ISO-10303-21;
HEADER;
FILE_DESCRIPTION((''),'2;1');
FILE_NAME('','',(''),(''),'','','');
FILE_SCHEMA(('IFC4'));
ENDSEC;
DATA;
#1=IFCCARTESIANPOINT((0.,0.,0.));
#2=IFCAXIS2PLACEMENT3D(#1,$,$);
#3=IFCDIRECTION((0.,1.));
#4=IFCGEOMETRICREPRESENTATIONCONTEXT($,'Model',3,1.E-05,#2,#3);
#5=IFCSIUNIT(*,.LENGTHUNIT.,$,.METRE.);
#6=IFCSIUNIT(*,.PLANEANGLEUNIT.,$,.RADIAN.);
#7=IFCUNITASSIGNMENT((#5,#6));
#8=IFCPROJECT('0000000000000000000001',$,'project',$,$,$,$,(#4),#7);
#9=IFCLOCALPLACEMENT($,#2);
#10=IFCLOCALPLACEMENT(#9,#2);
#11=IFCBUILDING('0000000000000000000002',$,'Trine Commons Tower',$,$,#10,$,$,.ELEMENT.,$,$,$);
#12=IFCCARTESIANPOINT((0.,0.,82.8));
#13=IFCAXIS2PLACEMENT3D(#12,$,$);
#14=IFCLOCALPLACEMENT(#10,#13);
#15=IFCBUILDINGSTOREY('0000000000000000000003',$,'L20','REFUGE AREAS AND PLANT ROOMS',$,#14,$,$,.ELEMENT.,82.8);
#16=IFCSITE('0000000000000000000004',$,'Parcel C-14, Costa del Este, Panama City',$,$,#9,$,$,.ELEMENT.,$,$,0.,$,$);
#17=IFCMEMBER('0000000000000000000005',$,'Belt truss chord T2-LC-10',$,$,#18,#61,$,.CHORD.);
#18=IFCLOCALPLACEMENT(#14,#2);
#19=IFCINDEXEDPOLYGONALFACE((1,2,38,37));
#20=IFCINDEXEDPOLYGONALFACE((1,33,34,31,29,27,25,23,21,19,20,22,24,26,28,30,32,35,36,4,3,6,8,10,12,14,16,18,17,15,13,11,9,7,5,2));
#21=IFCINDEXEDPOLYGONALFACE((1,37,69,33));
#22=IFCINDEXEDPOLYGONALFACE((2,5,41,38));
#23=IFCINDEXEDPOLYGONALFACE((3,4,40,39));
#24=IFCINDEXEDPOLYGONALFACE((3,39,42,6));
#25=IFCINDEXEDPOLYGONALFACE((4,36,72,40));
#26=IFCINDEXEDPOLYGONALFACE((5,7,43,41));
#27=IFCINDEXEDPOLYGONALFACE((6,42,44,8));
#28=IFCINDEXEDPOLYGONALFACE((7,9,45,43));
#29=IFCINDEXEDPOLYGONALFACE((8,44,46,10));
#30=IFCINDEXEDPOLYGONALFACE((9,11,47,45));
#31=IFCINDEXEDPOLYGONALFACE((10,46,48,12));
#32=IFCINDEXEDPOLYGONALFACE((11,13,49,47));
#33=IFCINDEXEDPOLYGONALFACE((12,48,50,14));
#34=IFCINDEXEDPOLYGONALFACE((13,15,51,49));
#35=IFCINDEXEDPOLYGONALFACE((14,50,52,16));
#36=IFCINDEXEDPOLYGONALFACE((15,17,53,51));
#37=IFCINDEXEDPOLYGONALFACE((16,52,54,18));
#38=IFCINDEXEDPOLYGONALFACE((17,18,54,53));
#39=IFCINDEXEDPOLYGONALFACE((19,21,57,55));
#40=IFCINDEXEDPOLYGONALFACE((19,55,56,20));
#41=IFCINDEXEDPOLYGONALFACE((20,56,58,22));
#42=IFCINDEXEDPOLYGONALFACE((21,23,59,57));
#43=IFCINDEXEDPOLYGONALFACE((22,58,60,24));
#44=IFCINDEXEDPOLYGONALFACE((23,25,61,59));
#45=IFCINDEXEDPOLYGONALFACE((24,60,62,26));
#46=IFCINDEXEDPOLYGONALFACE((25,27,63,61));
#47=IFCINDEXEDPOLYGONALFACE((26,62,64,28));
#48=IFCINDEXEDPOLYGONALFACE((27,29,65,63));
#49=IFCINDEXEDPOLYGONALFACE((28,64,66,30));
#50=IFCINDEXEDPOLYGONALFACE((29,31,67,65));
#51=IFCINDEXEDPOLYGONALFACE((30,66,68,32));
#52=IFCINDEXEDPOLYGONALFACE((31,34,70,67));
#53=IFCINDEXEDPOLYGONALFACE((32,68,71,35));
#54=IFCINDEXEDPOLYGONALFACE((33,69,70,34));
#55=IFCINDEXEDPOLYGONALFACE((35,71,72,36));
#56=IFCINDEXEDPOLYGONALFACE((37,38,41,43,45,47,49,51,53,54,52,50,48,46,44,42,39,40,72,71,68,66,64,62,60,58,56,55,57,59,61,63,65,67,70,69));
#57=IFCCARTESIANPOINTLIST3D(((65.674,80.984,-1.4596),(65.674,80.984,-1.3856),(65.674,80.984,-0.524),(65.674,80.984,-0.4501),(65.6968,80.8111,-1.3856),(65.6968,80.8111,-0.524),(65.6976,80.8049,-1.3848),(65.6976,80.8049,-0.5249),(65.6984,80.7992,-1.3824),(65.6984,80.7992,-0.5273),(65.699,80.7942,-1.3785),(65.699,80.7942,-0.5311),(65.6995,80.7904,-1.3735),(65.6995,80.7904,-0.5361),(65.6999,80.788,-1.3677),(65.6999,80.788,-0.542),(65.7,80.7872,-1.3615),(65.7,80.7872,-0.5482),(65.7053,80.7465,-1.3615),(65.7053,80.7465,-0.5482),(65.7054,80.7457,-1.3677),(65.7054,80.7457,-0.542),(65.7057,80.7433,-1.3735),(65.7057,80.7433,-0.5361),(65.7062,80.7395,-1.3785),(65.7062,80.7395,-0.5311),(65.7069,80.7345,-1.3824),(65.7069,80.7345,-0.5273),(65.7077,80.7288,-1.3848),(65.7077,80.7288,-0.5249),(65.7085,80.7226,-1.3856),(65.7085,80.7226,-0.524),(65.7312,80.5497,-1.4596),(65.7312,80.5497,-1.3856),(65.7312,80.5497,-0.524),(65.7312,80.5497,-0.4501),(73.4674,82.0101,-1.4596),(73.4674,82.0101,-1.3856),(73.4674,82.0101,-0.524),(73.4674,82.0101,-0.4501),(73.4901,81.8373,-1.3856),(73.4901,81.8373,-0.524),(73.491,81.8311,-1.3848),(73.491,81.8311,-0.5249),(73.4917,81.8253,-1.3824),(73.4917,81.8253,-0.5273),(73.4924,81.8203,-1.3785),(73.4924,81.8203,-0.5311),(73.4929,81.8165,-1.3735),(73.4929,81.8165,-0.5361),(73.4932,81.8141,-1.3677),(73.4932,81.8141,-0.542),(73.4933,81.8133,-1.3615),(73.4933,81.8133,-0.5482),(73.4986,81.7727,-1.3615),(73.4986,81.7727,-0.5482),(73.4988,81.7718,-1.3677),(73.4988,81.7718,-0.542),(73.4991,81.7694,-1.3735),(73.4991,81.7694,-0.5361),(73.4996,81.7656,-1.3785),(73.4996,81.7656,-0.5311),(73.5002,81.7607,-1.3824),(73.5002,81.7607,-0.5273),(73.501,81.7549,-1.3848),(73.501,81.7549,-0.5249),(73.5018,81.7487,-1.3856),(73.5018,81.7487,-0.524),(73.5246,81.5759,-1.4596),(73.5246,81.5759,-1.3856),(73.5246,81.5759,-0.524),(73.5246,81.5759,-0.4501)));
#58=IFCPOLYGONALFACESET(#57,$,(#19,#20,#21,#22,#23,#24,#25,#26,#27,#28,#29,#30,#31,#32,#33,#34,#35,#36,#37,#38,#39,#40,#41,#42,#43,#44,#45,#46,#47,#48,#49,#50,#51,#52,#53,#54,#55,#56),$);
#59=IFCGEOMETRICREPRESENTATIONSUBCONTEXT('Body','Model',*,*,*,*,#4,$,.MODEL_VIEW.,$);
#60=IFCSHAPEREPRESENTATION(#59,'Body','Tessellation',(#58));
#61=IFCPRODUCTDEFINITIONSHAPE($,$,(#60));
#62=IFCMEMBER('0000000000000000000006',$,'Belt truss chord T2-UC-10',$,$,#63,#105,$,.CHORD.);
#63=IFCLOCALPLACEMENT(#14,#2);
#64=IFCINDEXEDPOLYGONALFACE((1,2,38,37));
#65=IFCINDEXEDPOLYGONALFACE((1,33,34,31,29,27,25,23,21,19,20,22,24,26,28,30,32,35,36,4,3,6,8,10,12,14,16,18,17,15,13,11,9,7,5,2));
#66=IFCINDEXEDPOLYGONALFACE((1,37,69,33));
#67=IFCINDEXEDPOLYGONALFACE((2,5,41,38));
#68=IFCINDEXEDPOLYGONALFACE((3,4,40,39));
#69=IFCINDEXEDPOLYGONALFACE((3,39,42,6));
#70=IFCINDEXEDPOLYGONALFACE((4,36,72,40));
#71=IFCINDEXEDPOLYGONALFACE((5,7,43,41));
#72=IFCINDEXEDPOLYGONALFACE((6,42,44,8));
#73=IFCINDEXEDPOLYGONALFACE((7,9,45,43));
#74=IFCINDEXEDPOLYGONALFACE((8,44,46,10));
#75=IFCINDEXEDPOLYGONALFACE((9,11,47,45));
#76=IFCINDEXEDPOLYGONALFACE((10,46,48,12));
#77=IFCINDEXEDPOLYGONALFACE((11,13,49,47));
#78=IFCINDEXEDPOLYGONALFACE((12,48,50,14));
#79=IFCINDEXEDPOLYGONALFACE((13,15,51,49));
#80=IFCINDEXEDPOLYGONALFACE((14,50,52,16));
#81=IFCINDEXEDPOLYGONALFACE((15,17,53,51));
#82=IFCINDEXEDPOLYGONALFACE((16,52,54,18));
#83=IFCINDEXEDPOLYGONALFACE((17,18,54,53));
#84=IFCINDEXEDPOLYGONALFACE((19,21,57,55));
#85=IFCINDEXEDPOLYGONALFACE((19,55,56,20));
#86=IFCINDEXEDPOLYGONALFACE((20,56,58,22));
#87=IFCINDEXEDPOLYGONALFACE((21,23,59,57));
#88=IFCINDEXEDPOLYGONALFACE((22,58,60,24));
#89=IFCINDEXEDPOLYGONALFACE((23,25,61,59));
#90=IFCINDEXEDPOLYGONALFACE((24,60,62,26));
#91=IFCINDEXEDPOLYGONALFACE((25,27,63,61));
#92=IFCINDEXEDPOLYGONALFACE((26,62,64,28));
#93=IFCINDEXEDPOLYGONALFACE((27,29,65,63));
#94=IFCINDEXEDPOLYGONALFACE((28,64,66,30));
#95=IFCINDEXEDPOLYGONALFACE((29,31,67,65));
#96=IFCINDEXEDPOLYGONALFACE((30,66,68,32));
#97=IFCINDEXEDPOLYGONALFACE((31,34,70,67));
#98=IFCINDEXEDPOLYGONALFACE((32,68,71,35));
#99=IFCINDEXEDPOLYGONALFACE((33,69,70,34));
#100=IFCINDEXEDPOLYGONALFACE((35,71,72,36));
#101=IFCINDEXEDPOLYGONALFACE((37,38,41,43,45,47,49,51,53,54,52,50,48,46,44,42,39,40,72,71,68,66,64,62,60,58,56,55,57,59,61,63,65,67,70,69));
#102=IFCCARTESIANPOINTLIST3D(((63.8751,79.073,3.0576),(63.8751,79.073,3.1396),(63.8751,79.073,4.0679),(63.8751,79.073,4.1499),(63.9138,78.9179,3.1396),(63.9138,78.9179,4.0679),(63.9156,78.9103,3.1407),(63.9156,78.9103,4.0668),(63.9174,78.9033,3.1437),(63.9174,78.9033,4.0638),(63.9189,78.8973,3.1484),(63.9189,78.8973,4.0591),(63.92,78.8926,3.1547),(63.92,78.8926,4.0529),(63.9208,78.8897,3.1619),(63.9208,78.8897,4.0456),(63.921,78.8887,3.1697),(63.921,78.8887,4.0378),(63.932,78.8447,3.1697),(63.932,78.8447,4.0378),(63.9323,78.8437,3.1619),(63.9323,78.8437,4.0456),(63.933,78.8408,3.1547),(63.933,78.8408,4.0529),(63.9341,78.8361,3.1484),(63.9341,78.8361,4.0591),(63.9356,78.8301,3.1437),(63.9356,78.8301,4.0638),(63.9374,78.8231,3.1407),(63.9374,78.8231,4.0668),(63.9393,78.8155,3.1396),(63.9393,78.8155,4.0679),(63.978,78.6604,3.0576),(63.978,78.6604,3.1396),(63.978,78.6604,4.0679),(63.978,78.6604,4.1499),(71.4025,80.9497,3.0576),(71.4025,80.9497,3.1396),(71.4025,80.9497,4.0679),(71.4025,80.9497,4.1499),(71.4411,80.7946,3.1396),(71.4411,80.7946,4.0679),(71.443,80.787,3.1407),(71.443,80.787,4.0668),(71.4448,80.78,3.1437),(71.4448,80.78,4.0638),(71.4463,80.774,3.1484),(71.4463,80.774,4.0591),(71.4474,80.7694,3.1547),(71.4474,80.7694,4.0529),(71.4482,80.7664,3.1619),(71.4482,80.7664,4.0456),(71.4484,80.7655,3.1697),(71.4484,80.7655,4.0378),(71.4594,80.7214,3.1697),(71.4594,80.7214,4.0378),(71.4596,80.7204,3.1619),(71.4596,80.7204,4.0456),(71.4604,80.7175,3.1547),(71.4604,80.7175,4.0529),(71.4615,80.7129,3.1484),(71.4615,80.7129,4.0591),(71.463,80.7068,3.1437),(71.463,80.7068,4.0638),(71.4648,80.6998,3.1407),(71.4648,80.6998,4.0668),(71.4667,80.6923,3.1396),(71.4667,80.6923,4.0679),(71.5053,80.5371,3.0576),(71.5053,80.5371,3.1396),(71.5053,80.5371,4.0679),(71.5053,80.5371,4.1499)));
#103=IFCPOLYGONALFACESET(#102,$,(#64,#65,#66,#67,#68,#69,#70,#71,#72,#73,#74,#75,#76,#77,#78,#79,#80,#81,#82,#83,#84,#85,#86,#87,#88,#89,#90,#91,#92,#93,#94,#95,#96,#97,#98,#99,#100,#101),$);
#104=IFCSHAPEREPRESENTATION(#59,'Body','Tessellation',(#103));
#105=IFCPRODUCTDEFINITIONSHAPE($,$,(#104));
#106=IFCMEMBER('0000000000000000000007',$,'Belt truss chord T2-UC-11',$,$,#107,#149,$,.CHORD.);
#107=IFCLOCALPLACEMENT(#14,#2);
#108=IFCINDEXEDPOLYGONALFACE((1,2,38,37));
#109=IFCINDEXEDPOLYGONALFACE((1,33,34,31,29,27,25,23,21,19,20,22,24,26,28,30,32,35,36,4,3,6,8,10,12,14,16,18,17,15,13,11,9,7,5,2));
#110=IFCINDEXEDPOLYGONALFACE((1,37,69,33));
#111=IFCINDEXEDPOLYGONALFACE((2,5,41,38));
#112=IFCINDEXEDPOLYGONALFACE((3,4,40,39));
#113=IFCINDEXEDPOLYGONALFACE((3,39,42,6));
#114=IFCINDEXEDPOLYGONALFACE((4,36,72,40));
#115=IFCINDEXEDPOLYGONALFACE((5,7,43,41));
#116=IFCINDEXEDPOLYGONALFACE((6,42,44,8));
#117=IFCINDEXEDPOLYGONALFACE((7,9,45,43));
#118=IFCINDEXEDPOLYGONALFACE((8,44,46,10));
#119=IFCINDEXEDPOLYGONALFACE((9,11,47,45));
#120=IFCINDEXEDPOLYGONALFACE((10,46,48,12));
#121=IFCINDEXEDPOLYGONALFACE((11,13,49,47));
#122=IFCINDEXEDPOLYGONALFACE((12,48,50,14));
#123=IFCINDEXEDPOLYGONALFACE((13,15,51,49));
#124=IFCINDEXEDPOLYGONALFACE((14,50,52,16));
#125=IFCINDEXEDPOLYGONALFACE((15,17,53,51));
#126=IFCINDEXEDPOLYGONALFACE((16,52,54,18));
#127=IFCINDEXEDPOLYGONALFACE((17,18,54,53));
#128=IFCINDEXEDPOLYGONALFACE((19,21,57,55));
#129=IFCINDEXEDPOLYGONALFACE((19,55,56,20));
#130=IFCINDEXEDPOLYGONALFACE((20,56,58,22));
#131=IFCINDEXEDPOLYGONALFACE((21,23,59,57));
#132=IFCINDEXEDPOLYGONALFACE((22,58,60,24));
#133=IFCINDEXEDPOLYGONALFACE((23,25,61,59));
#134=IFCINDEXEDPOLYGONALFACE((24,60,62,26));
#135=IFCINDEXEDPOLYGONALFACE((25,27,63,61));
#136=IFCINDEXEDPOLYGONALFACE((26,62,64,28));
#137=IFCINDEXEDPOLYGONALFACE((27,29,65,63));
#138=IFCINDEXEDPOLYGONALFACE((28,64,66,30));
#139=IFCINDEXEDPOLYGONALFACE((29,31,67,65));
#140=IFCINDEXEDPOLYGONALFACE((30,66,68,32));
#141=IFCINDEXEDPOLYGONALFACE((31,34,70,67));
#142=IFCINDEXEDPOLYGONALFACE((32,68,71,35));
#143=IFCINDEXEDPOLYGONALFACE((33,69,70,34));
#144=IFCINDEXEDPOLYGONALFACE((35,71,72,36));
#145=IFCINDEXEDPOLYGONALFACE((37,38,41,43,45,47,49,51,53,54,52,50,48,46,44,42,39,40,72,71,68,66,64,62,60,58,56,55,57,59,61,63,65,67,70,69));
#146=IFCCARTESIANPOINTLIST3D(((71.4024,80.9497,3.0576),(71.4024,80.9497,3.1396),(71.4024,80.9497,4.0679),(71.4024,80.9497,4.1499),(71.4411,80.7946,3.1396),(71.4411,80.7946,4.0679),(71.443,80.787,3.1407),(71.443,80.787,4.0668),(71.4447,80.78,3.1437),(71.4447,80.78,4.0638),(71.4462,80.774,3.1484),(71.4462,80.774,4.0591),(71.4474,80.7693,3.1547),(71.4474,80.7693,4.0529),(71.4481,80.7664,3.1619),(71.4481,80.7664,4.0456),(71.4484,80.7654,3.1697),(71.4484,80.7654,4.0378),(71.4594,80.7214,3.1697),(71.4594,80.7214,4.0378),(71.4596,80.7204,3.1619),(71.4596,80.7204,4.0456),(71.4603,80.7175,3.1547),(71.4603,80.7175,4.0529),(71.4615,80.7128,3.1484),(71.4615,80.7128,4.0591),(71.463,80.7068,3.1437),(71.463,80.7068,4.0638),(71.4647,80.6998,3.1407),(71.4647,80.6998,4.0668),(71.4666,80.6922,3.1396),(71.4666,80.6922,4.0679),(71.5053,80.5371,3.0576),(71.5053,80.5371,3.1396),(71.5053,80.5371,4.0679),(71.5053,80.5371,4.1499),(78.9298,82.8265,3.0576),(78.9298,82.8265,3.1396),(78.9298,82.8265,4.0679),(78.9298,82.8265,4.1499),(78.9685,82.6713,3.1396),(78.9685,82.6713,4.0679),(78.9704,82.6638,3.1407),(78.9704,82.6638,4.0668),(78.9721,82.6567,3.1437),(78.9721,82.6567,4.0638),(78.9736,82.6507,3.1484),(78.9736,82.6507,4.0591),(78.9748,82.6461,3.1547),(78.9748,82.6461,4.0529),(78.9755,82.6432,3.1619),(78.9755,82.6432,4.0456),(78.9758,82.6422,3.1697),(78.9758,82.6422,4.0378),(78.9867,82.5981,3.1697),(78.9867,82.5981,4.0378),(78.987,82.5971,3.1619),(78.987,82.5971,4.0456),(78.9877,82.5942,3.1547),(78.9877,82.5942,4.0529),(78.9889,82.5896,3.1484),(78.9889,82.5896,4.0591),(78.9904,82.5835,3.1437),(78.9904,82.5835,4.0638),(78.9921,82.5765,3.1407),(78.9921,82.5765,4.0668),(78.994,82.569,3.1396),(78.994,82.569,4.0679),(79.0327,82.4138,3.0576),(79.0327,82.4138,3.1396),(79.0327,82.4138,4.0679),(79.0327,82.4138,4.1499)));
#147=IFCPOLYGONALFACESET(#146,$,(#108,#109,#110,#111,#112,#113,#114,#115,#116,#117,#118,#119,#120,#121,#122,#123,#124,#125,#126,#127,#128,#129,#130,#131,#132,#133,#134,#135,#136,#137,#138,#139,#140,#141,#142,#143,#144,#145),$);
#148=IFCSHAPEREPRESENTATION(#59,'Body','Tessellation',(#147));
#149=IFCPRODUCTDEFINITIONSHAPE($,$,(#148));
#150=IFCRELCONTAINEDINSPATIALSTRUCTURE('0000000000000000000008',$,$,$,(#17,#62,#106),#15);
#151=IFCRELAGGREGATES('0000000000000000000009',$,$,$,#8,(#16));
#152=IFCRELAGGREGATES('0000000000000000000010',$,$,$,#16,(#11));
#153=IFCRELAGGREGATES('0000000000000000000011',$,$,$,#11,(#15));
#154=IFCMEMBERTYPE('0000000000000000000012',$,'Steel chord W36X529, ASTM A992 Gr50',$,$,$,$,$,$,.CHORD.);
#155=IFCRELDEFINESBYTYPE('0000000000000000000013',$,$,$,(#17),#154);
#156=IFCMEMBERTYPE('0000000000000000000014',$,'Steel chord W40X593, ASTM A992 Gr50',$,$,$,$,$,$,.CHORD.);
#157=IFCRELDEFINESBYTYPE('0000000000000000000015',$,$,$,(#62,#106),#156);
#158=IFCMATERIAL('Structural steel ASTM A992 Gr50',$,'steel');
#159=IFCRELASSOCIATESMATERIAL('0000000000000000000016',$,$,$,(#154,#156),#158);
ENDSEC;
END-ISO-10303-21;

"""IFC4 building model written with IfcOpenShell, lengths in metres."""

from ifc_helpers import new_model, si_unit, direction, frame, origin, origin_2d, place, context, subcontext, project, spatial, i_section, extrude, material, material_profile, profile_set, type_object, element, save


model = new_model("IFC4")

# Units and contexts
model_context = context("Model", 3, precision=1e-05, world=origin(), true_north=direction((0.0, 1.0)))
body_context = subcontext(model_context, "Body", "Model", "MODEL_VIEW")
ifc_project = project(units=[si_unit("LENGTHUNIT", "METRE"), si_unit("PLANEANGLEUNIT", "RADIAN")], contexts=[model_context])

# Site, building, storey
site_placement = place(None, origin())
site = spatial("IfcSite", under=ifc_project, at=site_placement, Name="Parcel C-14, Costa del Este, Panama City", CompositionType="ELEMENT", RefElevation=0.0)
building_placement = place(site_placement, origin())
building = spatial("IfcBuilding", under=site, at=building_placement, Name="Trine Commons Tower", CompositionType="ELEMENT")
storey_placement = place(building_placement, frame((0.0, 0.0, 82.8)))
storey = spatial("IfcBuildingStorey", under=building, at=storey_placement, Name="L20", Description="REFUGE AREAS AND PLANT ROOMS", CompositionType="ELEMENT", Elevation=82.8)

# Members
ifc_material_1 = material(Name="Structural steel ASTM A992 Gr50", Category="steel")
ifc_material_profile_1 = material_profile(ifc_material_1, i_section(OverallWidth=0.438, OverallDepth=1.0095, WebThickness=0.041, FlangeThickness=0.074, FilletRadius=0.0242, at=origin_2d()), Name="W36X529")
ifc_profile_set_1 = profile_set([ifc_material_profile_1], Name="Structural steel ASTM A992 Gr50")
member_type_1 = type_object("IfcMemberType", Name="Steel chord W36X529, ASTM A992 Gr50", PredefinedType="CHORD", material=ifc_profile_set_1)
member_1_placement = place(storey_placement, frame((65.7026, 80.7668, -0.9548), z_axis=(0.991443, 0.130542, 0.0), x_axis=(-0.130542, 0.991443, 0.0)))
element("IfcMember", 1, at=member_1_placement, inside=storey, type_object=member_type_1, Name="Belt truss chord T2-LC-10", PredefinedType="CHORD", context=body_context, shape_type="SweptSolid", body=[
    extrude(i_section(OverallWidth=0.438, OverallDepth=1.0095, WebThickness=0.041, FlangeThickness=0.074, FilletRadius=0.0242, at=origin_2d()), origin(), (0.0, 0.0, 1.0), 7.8606),
])
ifc_material_profile_2 = material_profile(ifc_material_1, i_section(OverallWidth=0.4253, OverallDepth=1.0923, WebThickness=0.0454, FlangeThickness=0.082, FilletRadius=0.03, at=origin_2d()), Name="W40X593")
ifc_profile_set_2 = profile_set([ifc_material_profile_2], Name="Structural steel ASTM A992 Gr50")
member_type_2 = type_object("IfcMemberType", Name="Steel chord W40X593, ASTM A992 Gr50", PredefinedType="CHORD", material=ifc_profile_set_2)
for number, where, z_axis, x_axis, name in (
    (2, (63.9265, 78.8667, 3.6038), (0.970298, 0.241914, 0.0), (-0.241914, 0.970298, 0.0), "Belt truss chord T2-UC-10"),
    (3, (71.4539, 80.7434, 3.6038), (0.970298, 0.241914, 0.0), (-0.241914, 0.970298, 0.0), "Belt truss chord T2-UC-11"),
):
    element("IfcMember", number, at=place(storey_placement, frame(where, z_axis=z_axis, x_axis=x_axis)), inside=storey, type_object=member_type_2, Name=name, PredefinedType="CHORD", context=body_context, shape_type="SweptSolid", body=[
        extrude(i_section(OverallWidth=0.4253, OverallDepth=1.0923, WebThickness=0.0454, FlangeThickness=0.082, FilletRadius=0.03, at=origin_2d()), origin(), (0.0, 0.0, 1.0), 7.7578),
    ])

save(model, "model.ifc")
